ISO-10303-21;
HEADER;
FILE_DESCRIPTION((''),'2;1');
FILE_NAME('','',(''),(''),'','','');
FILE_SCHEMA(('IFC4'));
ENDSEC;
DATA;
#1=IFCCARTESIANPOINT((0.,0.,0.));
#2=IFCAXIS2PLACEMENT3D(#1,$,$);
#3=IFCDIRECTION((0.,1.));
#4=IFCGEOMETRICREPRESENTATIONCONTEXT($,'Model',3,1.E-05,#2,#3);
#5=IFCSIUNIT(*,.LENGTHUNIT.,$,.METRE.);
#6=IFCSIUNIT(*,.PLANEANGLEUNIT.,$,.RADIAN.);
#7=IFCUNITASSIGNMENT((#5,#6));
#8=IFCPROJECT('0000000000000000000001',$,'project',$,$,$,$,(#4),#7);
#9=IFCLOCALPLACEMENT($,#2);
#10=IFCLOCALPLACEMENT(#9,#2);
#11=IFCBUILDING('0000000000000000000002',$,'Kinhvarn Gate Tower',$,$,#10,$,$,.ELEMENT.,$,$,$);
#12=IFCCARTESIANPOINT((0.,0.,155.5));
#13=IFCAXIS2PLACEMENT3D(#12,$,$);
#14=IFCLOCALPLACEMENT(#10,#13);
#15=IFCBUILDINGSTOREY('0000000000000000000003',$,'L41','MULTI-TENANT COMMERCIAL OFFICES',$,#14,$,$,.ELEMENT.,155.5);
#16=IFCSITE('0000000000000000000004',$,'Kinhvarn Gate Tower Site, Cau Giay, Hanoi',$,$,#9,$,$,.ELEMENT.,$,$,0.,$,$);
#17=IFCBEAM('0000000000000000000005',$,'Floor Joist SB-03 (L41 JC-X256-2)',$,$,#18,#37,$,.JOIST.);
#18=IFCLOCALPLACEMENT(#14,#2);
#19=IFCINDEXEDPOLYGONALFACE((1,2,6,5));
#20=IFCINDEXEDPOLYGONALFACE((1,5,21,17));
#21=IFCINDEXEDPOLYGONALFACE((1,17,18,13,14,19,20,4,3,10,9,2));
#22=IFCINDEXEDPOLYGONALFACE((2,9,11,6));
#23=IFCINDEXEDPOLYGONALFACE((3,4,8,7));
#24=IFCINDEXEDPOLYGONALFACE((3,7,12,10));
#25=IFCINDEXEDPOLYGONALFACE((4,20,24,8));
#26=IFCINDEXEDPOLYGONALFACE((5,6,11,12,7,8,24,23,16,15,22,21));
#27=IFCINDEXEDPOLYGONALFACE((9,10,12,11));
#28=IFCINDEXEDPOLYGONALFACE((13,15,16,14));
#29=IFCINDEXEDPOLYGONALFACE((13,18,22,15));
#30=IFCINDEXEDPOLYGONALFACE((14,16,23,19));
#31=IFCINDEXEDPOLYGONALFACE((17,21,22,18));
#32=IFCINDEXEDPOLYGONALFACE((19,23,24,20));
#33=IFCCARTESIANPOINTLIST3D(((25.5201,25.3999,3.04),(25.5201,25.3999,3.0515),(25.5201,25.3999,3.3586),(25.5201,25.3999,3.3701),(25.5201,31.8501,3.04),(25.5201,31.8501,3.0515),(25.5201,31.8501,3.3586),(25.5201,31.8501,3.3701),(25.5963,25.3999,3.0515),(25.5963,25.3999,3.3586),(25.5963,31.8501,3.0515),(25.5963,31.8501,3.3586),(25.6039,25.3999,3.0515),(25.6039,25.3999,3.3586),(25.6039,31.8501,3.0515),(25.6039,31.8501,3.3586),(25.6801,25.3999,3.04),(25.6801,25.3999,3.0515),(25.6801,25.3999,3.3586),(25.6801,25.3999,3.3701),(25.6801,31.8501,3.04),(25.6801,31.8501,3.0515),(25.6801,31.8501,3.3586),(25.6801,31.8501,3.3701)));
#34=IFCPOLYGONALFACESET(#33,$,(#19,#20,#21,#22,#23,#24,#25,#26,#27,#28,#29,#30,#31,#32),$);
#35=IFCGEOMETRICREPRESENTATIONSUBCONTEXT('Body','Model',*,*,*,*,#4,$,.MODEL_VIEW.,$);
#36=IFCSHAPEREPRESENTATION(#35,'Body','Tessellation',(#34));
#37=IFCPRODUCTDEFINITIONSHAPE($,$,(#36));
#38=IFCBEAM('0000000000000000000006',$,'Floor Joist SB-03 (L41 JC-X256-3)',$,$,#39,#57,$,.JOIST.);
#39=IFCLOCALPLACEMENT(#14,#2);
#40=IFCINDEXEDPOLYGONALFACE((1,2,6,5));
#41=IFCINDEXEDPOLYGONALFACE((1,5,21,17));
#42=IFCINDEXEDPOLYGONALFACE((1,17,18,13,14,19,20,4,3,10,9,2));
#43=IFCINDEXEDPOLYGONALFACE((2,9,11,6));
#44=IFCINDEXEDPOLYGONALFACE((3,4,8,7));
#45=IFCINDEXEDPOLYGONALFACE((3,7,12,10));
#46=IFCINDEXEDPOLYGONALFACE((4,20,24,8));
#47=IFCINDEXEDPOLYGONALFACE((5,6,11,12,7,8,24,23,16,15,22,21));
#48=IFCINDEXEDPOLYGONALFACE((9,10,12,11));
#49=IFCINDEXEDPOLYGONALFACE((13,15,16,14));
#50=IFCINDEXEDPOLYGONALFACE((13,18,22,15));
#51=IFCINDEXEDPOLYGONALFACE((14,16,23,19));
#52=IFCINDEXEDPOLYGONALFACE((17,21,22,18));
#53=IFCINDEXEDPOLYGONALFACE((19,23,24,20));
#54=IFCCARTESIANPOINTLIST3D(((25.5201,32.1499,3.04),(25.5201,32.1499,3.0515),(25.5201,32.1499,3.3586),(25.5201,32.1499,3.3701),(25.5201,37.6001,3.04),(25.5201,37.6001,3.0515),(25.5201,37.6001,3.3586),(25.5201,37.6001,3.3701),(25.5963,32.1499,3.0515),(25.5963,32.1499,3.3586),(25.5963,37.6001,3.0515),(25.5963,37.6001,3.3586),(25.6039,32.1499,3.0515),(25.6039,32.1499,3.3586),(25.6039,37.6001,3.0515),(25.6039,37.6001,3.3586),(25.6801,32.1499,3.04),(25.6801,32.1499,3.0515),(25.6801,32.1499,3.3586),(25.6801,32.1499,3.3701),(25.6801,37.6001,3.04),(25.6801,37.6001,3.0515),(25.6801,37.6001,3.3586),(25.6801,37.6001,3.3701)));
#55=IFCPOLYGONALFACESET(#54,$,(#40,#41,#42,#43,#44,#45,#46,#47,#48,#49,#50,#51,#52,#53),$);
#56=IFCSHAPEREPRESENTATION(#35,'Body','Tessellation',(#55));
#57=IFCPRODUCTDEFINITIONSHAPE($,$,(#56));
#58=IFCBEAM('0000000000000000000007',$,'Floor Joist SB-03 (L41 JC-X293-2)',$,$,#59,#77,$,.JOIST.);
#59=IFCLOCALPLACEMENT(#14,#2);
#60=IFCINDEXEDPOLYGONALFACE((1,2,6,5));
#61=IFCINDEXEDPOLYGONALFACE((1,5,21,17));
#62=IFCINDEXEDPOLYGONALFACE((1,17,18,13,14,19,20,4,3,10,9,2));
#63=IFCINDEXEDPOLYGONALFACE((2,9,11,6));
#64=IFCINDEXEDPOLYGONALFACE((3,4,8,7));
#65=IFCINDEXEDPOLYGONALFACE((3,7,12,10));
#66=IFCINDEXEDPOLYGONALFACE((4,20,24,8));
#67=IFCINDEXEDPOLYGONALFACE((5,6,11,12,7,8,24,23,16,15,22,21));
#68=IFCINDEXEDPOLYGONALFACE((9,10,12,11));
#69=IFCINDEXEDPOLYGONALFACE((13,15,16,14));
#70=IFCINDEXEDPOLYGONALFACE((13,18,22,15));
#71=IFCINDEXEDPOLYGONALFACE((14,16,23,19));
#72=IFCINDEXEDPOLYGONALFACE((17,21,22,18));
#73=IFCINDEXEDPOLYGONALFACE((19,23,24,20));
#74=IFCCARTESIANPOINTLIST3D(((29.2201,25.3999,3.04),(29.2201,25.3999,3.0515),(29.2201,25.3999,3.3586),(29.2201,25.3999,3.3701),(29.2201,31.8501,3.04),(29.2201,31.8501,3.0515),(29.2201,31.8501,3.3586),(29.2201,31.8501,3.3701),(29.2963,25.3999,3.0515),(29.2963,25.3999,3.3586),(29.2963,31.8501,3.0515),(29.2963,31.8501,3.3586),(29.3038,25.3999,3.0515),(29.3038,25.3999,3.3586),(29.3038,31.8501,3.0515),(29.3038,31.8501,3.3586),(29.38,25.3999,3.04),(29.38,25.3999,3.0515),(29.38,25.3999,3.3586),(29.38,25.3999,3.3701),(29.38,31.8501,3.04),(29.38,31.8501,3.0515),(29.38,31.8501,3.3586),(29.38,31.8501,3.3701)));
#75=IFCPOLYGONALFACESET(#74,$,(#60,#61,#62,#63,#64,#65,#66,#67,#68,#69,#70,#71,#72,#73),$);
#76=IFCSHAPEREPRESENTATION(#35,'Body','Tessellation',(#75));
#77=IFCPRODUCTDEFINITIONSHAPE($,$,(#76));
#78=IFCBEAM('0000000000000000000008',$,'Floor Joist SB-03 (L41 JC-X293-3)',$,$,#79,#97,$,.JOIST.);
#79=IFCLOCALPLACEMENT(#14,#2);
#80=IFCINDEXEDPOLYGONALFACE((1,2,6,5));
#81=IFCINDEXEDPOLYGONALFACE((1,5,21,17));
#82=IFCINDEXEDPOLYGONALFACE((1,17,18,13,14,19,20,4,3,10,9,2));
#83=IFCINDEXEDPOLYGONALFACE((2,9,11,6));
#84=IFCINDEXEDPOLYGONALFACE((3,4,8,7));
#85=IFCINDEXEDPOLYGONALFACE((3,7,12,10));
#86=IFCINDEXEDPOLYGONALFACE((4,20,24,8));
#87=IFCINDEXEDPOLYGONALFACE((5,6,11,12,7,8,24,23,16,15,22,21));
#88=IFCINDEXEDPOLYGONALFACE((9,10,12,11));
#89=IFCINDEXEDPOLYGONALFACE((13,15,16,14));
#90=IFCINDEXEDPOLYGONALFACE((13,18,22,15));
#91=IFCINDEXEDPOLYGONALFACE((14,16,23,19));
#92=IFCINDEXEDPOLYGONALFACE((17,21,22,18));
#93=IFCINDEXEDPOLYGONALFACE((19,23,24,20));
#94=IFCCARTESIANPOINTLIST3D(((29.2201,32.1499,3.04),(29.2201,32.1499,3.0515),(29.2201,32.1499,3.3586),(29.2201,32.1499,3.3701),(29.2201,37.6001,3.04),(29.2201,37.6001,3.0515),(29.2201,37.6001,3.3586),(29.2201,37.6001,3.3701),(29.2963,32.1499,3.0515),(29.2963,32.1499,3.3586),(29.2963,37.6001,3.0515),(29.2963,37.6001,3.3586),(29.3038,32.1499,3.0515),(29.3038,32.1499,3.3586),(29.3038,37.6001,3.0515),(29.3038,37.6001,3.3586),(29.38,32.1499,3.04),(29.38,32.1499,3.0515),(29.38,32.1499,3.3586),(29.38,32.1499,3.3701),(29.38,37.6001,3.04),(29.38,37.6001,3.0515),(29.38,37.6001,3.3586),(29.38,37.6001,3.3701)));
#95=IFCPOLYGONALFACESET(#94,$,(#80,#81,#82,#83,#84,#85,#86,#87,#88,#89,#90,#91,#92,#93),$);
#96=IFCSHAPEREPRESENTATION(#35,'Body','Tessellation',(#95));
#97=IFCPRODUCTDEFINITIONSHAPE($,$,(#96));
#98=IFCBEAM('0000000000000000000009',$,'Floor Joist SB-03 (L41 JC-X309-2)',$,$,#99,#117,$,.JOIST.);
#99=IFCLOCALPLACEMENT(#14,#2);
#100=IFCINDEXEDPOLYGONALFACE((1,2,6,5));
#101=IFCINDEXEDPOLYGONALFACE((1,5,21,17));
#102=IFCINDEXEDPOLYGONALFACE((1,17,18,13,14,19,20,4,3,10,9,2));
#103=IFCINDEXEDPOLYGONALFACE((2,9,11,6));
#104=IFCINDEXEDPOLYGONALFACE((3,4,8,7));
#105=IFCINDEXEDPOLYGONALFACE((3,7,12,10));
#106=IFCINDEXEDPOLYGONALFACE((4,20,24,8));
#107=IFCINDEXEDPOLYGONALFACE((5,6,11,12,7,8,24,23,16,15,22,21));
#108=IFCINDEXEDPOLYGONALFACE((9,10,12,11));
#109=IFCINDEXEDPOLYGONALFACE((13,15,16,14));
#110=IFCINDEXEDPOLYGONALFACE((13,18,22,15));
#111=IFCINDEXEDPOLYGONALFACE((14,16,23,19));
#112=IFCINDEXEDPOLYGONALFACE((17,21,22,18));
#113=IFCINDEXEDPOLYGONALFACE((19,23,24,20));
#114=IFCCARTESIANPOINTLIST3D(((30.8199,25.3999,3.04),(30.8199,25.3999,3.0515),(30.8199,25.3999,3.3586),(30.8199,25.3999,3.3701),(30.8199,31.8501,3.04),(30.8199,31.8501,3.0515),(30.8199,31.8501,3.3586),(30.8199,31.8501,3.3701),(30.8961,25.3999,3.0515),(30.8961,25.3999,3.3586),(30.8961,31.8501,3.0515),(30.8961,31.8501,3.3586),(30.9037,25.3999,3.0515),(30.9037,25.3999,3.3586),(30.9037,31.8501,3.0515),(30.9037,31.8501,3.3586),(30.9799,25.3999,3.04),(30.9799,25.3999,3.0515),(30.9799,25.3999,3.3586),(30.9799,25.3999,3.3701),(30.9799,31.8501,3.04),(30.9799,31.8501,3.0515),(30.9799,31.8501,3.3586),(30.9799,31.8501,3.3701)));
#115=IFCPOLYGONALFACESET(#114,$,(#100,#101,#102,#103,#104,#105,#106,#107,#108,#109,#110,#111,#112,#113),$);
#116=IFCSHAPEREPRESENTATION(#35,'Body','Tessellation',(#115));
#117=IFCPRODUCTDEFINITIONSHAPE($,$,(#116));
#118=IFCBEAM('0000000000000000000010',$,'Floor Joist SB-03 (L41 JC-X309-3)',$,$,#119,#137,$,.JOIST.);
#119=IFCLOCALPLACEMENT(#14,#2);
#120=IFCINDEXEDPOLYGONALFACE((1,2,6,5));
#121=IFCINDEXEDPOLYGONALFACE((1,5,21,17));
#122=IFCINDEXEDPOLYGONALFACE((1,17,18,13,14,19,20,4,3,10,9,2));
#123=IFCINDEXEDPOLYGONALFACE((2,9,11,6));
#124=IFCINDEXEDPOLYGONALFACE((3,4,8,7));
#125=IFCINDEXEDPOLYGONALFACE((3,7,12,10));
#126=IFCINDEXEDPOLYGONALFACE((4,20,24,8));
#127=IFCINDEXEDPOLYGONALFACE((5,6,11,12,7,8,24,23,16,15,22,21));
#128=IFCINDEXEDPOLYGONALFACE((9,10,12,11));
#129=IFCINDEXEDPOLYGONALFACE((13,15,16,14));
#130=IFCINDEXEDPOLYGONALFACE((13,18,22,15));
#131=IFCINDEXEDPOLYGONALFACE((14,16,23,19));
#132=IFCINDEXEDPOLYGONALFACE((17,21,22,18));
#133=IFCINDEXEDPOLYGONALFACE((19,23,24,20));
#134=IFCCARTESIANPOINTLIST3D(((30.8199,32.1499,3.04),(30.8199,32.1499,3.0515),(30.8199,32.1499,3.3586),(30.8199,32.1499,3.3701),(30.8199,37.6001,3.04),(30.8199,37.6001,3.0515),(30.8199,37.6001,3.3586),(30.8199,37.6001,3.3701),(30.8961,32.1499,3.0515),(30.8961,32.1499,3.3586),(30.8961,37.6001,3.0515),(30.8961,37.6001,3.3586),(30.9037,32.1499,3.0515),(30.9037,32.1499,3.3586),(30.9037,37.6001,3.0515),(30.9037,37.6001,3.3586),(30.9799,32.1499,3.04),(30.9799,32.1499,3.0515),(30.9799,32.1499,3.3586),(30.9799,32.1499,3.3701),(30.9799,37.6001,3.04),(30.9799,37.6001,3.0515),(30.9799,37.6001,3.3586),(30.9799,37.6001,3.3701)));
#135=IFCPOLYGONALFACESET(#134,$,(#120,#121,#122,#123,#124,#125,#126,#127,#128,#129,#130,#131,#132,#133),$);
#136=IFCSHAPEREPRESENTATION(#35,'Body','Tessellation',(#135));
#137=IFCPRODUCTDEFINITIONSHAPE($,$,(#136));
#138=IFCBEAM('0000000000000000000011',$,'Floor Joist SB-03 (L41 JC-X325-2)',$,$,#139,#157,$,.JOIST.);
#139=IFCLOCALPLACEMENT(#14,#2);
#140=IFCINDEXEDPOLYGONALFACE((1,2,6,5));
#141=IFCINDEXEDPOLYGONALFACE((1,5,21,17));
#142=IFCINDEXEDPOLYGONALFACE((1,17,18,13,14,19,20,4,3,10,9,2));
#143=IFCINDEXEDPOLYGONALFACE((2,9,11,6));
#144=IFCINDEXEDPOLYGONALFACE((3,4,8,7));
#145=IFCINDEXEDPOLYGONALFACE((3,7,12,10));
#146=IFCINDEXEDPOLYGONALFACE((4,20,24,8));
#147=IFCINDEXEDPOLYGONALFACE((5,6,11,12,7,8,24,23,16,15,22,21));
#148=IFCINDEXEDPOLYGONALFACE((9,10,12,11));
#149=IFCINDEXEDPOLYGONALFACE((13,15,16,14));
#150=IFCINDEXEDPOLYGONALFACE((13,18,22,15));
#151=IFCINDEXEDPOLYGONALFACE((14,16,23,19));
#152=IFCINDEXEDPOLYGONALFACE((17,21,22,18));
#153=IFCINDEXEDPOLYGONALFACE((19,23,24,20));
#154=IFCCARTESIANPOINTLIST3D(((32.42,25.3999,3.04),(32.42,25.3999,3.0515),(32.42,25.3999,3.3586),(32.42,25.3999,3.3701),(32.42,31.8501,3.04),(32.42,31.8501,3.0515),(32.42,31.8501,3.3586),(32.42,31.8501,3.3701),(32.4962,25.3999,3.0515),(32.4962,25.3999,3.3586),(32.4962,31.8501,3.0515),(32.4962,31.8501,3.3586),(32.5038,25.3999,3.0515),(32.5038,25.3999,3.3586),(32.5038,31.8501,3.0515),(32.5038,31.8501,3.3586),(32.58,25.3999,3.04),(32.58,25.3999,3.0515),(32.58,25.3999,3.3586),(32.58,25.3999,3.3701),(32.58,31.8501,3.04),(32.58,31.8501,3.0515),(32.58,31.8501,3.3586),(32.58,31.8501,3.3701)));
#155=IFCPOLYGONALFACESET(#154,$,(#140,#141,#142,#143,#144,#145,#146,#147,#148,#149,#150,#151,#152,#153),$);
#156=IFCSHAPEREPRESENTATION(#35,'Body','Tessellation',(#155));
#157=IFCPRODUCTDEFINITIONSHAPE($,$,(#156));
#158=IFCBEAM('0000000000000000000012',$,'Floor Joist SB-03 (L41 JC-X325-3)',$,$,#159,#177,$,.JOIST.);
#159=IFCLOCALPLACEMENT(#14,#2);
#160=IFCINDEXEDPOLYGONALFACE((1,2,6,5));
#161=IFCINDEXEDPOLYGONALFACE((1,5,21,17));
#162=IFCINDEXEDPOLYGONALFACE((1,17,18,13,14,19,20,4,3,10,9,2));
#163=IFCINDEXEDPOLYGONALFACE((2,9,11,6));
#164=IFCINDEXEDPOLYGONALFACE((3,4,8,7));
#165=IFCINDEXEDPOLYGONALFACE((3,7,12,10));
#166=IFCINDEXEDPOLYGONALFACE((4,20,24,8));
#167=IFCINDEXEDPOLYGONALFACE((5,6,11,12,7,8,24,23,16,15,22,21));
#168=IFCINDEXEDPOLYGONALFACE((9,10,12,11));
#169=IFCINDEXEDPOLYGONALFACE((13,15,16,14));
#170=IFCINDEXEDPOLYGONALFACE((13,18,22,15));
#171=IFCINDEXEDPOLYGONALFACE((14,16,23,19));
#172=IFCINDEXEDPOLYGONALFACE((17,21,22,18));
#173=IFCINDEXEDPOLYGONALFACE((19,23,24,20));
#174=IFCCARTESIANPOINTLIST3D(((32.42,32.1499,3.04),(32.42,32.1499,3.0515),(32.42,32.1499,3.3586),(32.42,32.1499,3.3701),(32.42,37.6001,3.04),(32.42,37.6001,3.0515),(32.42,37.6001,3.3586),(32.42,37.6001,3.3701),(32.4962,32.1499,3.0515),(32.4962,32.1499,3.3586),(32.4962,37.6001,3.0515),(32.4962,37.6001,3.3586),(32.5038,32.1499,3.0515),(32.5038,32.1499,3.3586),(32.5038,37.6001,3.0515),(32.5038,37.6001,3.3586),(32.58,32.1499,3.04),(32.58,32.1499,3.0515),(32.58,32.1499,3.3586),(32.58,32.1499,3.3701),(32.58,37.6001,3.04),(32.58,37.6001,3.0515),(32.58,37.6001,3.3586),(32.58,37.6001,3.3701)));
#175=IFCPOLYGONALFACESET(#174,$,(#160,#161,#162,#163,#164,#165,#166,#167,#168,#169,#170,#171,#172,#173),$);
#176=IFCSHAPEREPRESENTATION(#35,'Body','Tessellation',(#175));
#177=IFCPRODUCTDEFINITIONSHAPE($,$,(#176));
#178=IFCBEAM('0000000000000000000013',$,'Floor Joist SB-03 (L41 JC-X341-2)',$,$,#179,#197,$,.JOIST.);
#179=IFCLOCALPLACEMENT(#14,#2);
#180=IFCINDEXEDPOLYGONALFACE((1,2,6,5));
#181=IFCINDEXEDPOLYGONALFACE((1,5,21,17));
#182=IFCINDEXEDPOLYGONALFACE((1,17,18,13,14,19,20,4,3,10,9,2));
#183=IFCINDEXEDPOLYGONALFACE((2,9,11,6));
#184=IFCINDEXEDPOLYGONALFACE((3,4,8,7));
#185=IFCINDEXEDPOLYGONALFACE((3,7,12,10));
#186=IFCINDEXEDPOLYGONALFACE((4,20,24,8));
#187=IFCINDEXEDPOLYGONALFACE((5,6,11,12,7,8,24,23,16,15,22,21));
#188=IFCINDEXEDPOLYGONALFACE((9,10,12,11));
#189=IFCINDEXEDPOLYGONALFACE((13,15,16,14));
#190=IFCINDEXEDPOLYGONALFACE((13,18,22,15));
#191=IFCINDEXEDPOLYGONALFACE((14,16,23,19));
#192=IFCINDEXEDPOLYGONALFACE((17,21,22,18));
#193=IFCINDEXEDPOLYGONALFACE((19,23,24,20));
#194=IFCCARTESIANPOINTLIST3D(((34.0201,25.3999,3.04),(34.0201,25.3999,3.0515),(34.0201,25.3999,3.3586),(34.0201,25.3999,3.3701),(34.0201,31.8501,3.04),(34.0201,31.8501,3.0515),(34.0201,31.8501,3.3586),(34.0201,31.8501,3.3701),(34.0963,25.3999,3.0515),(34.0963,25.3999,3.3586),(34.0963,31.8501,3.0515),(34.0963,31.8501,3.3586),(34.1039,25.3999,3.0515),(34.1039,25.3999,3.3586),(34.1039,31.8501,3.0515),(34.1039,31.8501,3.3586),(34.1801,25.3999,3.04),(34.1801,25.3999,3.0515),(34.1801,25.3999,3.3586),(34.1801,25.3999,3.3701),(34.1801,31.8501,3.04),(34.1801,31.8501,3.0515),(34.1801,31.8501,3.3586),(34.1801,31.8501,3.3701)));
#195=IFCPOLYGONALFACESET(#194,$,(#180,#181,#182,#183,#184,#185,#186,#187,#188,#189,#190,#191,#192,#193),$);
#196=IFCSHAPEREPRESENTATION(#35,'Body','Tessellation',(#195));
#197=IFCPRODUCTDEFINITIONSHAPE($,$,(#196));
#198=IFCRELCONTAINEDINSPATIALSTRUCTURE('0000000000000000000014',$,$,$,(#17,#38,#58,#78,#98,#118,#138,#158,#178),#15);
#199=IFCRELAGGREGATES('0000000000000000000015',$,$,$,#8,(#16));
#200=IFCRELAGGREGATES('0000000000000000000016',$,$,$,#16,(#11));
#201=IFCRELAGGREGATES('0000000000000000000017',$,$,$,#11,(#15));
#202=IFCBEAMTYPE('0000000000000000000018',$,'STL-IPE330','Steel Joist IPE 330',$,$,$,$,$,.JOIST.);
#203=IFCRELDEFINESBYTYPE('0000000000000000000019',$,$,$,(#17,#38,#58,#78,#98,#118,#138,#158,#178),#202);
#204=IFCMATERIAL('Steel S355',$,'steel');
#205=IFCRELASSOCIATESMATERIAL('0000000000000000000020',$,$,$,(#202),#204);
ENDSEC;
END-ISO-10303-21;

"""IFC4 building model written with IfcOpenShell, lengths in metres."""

from ifc_helpers import new_model, si_unit, direction, frame, origin, origin_2d, place, context, subcontext, project, spatial, i_section, extrude, material, material_profile, profile_set, type_object, element, save


model = new_model("IFC4")

# Units and contexts
model_context = context("Model", 3, precision=1e-05, world=origin(), true_north=direction((0.0, 1.0)))
body_context = subcontext(model_context, "Body", "Model", "MODEL_VIEW")
ifc_project = project(units=[si_unit("LENGTHUNIT", "METRE"), si_unit("PLANEANGLEUNIT", "RADIAN")], contexts=[model_context])

# Site, building, storey
site_placement = place(None, origin())
site = spatial("IfcSite", under=ifc_project, at=site_placement, Name="Kinhvarn Gate Tower Site, Cau Giay, Hanoi", CompositionType="ELEMENT", RefElevation=0.0)
building_placement = place(site_placement, origin())
building = spatial("IfcBuilding", under=site, at=building_placement, Name="Kinhvarn Gate Tower", CompositionType="ELEMENT")
storey_placement = place(building_placement, frame((0.0, 0.0, 155.5)))
storey = spatial("IfcBuildingStorey", under=building, at=storey_placement, Name="L41", Description="MULTI-TENANT COMMERCIAL OFFICES", CompositionType="ELEMENT", Elevation=155.5)

# Beams
ifc_material_1 = material(Name="Steel S355", Category="steel")
ifc_material_profile = material_profile(ifc_material_1, i_section(OverallWidth=0.1599, OverallDepth=0.3301, WebThickness=0.0076, FlangeThickness=0.0115, at=origin_2d()), Name="IPE 330")
ifc_profile_set = profile_set([ifc_material_profile], Name="Steel S355")
beam_type = type_object("IfcBeamType", Name="STL-IPE330", Description="Steel Joist IPE 330", PredefinedType="JOIST", material=ifc_profile_set)
beam_1_placement = place(storey_placement, frame((25.6001, 25.3999, 3.2051), z_axis=(0.0, 1.0, 0.0), x_axis=(-1.0, 0.0, 0.0)))
element("IfcBeam", 1, at=beam_1_placement, inside=storey, type_object=beam_type, Name="Floor Joist SB-03 (L41 JC-X256-2)", PredefinedType="JOIST", context=body_context, shape_type="SweptSolid", body=[
    extrude(i_section(OverallWidth=0.1599, OverallDepth=0.3301, WebThickness=0.0076, FlangeThickness=0.0115, at=origin_2d()), origin(), (0.0, 0.0, 1.0), 6.4502),
])
beam_2_placement = place(storey_placement, frame((25.6001, 32.1499, 3.2051), z_axis=(0.0, 1.0, 0.0), x_axis=(-1.0, 0.0, 0.0)))
element("IfcBeam", 2, at=beam_2_placement, inside=storey, type_object=beam_type, Name="Floor Joist SB-03 (L41 JC-X256-3)", PredefinedType="JOIST", context=body_context, shape_type="SweptSolid", body=[
    extrude(i_section(OverallWidth=0.1599, OverallDepth=0.3301, WebThickness=0.0076, FlangeThickness=0.0115, at=origin_2d()), origin(), (0.0, 0.0, 1.0), 5.4502),
])
beam_3_placement = place(storey_placement, frame((29.3, 25.3999, 3.2051), z_axis=(0.0, 1.0, 0.0), x_axis=(-1.0, 0.0, 0.0)))
element("IfcBeam", 3, at=beam_3_placement, inside=storey, type_object=beam_type, Name="Floor Joist SB-03 (L41 JC-X293-2)", PredefinedType="JOIST", context=body_context, shape_type="SweptSolid", body=[
    extrude(i_section(OverallWidth=0.1599, OverallDepth=0.3301, WebThickness=0.0076, FlangeThickness=0.0115, at=origin_2d()), origin(), (0.0, 0.0, 1.0), 6.4502),
])
beam_4_placement = place(storey_placement, frame((29.3, 32.1499, 3.2051), z_axis=(0.0, 1.0, 0.0), x_axis=(-1.0, 0.0, 0.0)))
element("IfcBeam", 4, at=beam_4_placement, inside=storey, type_object=beam_type, Name="Floor Joist SB-03 (L41 JC-X293-3)", PredefinedType="JOIST", context=body_context, shape_type="SweptSolid", body=[
    extrude(i_section(OverallWidth=0.1599, OverallDepth=0.3301, WebThickness=0.0076, FlangeThickness=0.0115, at=origin_2d()), origin(), (0.0, 0.0, 1.0), 5.4502),
])
beam_5_placement = place(storey_placement, frame((30.8999, 25.3999, 3.2051), z_axis=(0.0, 1.0, 0.0), x_axis=(-1.0, 0.0, 0.0)))
element("IfcBeam", 5, at=beam_5_placement, inside=storey, type_object=beam_type, Name="Floor Joist SB-03 (L41 JC-X309-2)", PredefinedType="JOIST", context=body_context, shape_type="SweptSolid", body=[
    extrude(i_section(OverallWidth=0.1599, OverallDepth=0.3301, WebThickness=0.0076, FlangeThickness=0.0115, at=origin_2d()), origin(), (0.0, 0.0, 1.0), 6.4502),
])
beam_6_placement = place(storey_placement, frame((30.8999, 32.1499, 3.2051), z_axis=(0.0, 1.0, 0.0), x_axis=(-1.0, 0.0, 0.0)))
element("IfcBeam", 6, at=beam_6_placement, inside=storey, type_object=beam_type, Name="Floor Joist SB-03 (L41 JC-X309-3)", PredefinedType="JOIST", context=body_context, shape_type="SweptSolid", body=[
    extrude(i_section(OverallWidth=0.1599, OverallDepth=0.3301, WebThickness=0.0076, FlangeThickness=0.0115, at=origin_2d()), origin(), (0.0, 0.0, 1.0), 5.4502),
])
beam_7_placement = place(storey_placement, frame((32.5, 25.3999, 3.2051), z_axis=(0.0, 1.0, 0.0), x_axis=(-1.0, 0.0, 0.0)))
element("IfcBeam", 7, at=beam_7_placement, inside=storey, type_object=beam_type, Name="Floor Joist SB-03 (L41 JC-X325-2)", PredefinedType="JOIST", context=body_context, shape_type="SweptSolid", body=[
    extrude(i_section(OverallWidth=0.1599, OverallDepth=0.3301, WebThickness=0.0076, FlangeThickness=0.0115, at=origin_2d()), origin(), (0.0, 0.0, 1.0), 6.4502),
])
beam_8_placement = place(storey_placement, frame((32.5, 32.1499, 3.2051), z_axis=(0.0, 1.0, 0.0), x_axis=(-1.0, 0.0, 0.0)))
element("IfcBeam", 8, at=beam_8_placement, inside=storey, type_object=beam_type, Name="Floor Joist SB-03 (L41 JC-X325-3)", PredefinedType="JOIST", context=body_context, shape_type="SweptSolid", body=[
    extrude(i_section(OverallWidth=0.1599, OverallDepth=0.3301, WebThickness=0.0076, FlangeThickness=0.0115, at=origin_2d()), origin(), (0.0, 0.0, 1.0), 5.4502),
])
beam_9_placement = place(storey_placement, frame((34.1001, 25.3999, 3.2051), z_axis=(0.0, 1.0, 0.0), x_axis=(-1.0, 0.0, 0.0)))
element("IfcBeam", 9, at=beam_9_placement, inside=storey, type_object=beam_type, Name="Floor Joist SB-03 (L41 JC-X341-2)", PredefinedType="JOIST", context=body_context, shape_type="SweptSolid", body=[
    extrude(i_section(OverallWidth=0.1599, OverallDepth=0.3301, WebThickness=0.0076, FlangeThickness=0.0115, at=origin_2d()), origin(), (0.0, 0.0, 1.0), 6.4502),
])

save(model, "model.ifc")
